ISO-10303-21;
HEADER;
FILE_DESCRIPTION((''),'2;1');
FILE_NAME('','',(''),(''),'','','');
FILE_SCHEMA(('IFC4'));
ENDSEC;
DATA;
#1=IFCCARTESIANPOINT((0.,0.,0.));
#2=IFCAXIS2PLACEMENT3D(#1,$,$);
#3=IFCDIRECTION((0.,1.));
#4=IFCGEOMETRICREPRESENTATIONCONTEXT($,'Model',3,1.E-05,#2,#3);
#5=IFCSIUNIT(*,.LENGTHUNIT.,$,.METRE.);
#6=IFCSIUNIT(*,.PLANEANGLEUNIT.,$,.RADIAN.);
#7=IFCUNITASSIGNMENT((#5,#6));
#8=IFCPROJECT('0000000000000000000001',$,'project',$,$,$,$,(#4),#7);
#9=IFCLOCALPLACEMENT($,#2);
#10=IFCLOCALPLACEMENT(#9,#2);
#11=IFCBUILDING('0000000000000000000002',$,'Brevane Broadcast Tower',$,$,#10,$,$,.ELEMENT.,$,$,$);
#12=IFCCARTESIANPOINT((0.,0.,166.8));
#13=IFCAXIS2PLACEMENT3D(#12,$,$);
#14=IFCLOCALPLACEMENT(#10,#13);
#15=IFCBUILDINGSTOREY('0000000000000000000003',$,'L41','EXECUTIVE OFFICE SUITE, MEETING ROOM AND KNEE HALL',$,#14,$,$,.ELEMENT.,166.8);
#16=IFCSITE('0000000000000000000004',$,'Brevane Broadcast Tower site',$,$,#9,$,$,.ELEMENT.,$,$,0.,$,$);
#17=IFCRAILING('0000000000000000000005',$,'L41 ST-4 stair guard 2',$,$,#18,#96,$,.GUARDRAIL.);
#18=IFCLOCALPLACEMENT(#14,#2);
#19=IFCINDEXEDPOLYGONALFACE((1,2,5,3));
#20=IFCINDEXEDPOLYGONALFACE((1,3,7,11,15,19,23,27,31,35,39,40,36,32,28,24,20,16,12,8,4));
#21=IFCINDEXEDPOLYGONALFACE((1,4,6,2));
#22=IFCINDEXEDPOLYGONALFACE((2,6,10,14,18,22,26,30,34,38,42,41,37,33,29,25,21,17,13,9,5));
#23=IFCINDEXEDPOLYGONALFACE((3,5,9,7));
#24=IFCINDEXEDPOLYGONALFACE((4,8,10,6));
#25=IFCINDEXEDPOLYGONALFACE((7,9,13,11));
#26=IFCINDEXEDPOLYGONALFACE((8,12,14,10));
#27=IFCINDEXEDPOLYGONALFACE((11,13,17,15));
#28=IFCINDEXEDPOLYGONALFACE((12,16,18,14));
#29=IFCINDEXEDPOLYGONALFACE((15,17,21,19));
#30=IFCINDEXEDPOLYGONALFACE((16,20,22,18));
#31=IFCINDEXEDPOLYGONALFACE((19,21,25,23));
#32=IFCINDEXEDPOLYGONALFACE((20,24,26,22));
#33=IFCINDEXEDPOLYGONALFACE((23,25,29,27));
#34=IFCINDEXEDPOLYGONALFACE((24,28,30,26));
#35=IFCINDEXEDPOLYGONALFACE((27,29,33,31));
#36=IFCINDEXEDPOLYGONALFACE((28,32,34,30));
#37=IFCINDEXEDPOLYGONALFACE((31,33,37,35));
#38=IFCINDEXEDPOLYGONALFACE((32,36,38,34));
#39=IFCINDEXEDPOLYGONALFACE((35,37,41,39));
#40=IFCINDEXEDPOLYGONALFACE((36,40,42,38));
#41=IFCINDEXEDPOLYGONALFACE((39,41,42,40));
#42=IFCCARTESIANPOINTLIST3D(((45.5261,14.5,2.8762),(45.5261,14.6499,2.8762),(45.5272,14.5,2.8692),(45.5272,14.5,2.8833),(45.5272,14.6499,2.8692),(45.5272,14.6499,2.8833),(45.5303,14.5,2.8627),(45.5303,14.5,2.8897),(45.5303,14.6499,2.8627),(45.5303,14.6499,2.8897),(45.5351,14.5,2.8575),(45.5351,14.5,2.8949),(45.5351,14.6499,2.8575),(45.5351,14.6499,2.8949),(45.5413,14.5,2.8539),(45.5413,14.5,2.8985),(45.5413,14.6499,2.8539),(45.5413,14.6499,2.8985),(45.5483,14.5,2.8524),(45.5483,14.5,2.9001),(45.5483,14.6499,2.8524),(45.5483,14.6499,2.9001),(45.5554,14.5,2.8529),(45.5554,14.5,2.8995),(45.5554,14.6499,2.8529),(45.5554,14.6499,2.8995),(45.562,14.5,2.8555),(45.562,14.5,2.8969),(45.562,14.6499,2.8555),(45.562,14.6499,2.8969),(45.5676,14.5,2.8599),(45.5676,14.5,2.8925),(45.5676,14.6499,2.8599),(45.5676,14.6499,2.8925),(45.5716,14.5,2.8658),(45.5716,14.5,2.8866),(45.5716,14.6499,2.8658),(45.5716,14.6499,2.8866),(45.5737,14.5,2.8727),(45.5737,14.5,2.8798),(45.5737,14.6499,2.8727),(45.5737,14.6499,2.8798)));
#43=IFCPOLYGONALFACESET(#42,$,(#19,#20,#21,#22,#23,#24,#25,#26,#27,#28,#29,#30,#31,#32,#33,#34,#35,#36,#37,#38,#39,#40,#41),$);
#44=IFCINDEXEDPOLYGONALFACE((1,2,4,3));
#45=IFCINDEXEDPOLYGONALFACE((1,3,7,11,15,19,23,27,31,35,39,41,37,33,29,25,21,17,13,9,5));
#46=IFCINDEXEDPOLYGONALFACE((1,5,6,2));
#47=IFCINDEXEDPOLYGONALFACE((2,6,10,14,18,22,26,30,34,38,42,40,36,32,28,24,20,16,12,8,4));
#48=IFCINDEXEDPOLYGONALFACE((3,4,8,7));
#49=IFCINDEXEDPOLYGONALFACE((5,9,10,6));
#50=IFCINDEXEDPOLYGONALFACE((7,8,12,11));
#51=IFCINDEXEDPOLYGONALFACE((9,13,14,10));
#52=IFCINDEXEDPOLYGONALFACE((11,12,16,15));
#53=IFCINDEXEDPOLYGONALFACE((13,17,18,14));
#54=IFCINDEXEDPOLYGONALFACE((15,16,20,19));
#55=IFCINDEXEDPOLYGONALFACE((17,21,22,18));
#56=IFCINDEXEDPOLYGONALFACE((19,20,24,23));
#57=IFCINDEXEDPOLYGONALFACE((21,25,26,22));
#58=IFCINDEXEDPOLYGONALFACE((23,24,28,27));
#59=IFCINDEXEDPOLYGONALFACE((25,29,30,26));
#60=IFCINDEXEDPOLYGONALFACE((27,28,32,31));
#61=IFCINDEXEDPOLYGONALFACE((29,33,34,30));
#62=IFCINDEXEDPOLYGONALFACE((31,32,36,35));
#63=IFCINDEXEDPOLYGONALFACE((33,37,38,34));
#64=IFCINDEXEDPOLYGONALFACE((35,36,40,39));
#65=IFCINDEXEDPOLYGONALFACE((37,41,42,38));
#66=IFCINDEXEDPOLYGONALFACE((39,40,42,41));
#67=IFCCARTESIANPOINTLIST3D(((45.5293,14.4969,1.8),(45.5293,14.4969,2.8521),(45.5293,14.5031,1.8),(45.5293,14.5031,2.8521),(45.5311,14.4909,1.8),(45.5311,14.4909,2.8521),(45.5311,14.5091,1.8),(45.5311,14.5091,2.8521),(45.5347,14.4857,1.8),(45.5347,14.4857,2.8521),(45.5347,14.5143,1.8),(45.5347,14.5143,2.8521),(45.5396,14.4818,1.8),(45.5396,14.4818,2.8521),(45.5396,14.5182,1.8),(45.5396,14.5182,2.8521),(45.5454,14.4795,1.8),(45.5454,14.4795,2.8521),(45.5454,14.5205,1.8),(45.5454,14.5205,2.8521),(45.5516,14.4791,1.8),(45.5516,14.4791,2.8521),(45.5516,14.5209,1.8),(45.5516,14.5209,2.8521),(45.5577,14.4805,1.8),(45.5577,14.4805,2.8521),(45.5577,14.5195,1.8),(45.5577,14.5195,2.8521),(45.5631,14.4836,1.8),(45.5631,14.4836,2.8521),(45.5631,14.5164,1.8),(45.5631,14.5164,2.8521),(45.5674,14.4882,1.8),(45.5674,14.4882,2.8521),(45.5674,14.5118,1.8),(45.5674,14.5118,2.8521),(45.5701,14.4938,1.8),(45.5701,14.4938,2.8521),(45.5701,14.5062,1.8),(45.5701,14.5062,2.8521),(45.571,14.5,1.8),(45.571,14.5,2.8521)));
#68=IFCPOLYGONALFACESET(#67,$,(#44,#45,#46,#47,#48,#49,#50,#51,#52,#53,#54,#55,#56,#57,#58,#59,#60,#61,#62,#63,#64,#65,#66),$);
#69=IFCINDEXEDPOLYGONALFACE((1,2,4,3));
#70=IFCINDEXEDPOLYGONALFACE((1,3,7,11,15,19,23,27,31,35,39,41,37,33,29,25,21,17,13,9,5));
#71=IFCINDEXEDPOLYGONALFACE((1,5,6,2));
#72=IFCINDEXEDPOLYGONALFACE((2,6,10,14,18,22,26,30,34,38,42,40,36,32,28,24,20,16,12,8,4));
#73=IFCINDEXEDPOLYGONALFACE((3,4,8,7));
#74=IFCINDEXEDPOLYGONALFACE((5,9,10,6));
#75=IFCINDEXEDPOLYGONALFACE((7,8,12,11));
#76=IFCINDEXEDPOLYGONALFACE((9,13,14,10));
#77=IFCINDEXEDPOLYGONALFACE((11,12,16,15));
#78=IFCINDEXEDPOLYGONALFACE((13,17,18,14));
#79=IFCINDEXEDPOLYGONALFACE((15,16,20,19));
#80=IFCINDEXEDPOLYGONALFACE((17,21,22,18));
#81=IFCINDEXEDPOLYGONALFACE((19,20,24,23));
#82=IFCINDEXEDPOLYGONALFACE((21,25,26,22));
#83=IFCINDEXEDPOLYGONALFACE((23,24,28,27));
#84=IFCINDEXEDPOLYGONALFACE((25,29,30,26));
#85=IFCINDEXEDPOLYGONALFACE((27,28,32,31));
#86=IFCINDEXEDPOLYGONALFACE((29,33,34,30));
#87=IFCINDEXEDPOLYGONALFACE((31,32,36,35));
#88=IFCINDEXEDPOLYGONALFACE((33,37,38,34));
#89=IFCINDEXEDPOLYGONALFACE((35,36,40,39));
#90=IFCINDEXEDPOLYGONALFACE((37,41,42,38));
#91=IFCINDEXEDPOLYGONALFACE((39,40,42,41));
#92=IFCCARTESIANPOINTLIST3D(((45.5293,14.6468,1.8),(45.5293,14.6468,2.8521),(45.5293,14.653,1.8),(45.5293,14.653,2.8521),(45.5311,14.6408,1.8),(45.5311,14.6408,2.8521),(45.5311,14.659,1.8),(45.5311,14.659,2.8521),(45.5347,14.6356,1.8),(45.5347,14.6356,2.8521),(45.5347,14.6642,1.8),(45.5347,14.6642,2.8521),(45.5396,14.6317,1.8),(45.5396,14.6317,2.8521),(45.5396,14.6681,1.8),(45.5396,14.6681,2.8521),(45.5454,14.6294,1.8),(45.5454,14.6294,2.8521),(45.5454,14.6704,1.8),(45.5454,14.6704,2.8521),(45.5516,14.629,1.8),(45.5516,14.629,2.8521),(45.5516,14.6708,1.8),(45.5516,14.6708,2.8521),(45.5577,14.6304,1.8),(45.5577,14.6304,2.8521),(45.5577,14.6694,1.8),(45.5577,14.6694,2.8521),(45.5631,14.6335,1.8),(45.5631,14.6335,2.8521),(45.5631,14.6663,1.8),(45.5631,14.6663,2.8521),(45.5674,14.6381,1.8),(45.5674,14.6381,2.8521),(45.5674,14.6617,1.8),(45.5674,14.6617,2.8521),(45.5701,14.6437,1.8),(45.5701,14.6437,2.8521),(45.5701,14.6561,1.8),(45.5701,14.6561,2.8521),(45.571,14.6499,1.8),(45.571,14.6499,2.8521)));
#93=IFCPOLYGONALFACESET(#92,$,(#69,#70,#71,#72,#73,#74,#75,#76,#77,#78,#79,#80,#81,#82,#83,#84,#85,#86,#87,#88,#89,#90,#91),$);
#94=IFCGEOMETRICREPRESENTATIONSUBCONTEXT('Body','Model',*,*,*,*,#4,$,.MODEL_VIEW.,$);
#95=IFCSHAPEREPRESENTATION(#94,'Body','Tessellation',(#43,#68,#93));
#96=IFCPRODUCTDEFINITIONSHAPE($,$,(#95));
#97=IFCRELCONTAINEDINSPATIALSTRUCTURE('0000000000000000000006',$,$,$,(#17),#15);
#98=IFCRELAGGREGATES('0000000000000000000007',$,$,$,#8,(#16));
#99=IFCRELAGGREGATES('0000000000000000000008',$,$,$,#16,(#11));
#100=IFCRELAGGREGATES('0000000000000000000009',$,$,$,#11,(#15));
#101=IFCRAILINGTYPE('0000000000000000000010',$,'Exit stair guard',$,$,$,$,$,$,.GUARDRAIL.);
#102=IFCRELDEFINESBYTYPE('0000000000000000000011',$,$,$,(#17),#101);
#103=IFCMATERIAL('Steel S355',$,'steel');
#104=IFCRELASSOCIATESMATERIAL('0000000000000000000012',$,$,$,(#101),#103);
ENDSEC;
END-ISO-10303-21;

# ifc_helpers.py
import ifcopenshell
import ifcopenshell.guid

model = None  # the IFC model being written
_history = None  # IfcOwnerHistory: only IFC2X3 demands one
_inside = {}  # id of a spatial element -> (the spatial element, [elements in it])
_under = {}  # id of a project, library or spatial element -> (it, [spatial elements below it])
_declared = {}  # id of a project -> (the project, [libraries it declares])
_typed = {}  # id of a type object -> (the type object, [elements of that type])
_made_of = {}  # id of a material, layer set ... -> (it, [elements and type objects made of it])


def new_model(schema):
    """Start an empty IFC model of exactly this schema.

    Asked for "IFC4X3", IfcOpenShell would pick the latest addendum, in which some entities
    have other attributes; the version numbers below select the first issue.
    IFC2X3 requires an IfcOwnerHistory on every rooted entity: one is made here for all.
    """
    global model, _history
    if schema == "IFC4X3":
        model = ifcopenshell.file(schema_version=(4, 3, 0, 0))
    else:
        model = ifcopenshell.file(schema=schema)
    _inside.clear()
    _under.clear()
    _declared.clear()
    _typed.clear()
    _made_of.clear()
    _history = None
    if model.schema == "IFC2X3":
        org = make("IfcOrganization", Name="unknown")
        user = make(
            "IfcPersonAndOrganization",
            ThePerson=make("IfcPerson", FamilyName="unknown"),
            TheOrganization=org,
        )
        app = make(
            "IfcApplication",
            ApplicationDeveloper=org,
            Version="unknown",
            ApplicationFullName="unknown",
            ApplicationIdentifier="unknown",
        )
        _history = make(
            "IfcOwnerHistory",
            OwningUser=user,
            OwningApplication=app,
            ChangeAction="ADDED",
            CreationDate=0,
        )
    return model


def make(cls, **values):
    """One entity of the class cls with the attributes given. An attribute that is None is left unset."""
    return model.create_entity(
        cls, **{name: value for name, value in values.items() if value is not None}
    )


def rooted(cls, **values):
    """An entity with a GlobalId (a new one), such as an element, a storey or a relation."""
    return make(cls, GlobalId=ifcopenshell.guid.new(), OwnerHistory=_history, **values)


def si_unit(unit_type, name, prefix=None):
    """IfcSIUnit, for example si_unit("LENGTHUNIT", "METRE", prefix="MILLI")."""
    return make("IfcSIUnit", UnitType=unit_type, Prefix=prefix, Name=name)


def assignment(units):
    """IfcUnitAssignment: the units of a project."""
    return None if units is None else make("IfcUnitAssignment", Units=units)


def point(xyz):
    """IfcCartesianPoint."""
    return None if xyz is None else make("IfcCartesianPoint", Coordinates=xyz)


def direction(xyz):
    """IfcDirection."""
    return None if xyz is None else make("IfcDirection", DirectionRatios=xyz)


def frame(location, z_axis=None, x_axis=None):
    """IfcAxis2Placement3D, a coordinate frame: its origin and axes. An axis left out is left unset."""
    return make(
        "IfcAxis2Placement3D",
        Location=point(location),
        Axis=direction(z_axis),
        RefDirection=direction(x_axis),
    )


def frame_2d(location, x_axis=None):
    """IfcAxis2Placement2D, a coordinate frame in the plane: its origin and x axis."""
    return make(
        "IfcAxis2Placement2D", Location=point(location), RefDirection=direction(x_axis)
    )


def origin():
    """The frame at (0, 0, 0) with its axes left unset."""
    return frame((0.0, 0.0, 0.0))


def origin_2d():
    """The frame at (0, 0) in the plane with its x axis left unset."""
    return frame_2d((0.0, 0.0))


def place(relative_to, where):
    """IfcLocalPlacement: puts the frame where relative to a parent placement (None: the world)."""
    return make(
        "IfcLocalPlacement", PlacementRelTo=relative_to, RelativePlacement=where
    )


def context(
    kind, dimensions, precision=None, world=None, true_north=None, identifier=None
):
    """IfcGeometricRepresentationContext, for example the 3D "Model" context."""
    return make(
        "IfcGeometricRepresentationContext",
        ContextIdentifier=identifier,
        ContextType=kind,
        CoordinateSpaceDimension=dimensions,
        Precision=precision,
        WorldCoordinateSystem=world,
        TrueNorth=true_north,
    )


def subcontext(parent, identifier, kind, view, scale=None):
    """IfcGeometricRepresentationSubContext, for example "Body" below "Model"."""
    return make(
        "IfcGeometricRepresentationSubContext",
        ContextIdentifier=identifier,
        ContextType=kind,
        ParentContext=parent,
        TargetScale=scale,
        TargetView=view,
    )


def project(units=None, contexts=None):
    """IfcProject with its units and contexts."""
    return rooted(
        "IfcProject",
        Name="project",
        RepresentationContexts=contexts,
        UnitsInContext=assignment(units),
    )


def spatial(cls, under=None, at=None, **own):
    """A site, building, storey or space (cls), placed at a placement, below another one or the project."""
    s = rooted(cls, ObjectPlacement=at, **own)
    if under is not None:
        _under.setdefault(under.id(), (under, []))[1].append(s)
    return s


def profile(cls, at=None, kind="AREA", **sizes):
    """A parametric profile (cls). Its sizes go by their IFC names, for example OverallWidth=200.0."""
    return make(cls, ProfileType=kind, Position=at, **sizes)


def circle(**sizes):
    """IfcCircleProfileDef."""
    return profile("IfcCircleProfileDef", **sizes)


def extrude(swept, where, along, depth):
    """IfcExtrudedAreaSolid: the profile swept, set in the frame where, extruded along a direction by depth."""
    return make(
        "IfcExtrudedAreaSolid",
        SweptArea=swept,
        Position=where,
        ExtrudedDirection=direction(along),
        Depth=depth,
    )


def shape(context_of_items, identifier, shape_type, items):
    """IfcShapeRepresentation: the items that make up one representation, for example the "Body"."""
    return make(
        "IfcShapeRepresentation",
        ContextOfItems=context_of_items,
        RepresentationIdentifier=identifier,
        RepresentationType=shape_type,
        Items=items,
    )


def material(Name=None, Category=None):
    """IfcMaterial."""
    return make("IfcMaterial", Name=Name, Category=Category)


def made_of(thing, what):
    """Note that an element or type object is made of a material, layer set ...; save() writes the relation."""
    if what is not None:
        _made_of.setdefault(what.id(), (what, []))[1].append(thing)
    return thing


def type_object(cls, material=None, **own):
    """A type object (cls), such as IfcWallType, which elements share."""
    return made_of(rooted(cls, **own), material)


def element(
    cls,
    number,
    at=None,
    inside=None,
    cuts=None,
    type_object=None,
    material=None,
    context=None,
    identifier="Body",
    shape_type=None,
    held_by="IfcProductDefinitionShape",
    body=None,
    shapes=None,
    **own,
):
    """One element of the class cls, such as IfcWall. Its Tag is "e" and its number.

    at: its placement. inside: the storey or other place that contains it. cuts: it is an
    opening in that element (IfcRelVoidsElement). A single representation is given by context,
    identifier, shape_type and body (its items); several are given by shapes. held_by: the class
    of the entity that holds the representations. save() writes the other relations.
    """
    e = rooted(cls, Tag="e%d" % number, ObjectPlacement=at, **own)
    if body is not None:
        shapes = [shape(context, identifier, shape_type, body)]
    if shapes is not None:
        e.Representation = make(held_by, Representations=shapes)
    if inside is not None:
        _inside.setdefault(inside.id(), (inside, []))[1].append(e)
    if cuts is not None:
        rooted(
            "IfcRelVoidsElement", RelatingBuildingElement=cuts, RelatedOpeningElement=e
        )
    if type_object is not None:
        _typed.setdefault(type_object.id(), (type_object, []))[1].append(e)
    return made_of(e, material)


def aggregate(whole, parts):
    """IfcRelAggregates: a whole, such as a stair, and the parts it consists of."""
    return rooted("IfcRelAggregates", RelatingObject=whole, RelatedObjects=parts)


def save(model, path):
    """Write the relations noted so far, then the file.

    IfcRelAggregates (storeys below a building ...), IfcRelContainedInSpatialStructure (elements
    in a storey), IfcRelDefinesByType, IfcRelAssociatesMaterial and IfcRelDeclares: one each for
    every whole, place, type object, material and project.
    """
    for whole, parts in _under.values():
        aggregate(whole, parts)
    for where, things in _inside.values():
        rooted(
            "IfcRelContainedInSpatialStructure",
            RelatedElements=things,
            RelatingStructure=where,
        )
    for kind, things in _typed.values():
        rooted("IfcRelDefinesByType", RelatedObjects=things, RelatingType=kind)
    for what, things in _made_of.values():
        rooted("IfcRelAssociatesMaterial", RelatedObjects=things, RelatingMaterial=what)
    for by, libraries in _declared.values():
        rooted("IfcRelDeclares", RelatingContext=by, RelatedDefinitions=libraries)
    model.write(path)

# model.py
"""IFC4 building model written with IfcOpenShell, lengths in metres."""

from ifc_helpers import new_model, si_unit, direction, frame, origin, origin_2d, place, context, subcontext, project, spatial, circle, extrude, material, type_object, element, save


model = new_model("IFC4")

# Units and contexts
model_context = context("Model", 3, precision=1e-05, world=origin(), true_north=direction((0.0, 1.0)))
body_context = subcontext(model_context, "Body", "Model", "MODEL_VIEW")
ifc_project = project(units=[si_unit("LENGTHUNIT", "METRE"), si_unit("PLANEANGLEUNIT", "RADIAN")], contexts=[model_context])

# Site, building, storey
site_placement = place(None, origin())
site = spatial("IfcSite", under=ifc_project, at=site_placement, Name="Brevane Broadcast Tower site", CompositionType="ELEMENT", RefElevation=0.0)
building_placement = place(site_placement, origin())
building = spatial("IfcBuilding", under=site, at=building_placement, Name="Brevane Broadcast Tower", CompositionType="ELEMENT")
storey_placement = place(building_placement, frame((0.0, 0.0, 166.8)))
storey = spatial("IfcBuildingStorey", under=building, at=storey_placement, Name="L41", Description="EXECUTIVE OFFICE SUITE, MEETING ROOM AND KNEE HALL", CompositionType="ELEMENT", Elevation=166.8)

# Railing
ifc_material_1 = material(Name="Steel S355", Category="steel")
railing_type_1 = type_object("IfcRailingType", Name="Exit stair guard", PredefinedType="GUARDRAIL", material=ifc_material_1)
railing_1_placement = place(storey_placement, frame((45.55, 14.5, 1.8)))
element("IfcRailing", 1, at=railing_1_placement, inside=storey, type_object=railing_type_1, Name="L41 ST-4 stair guard 2", PredefinedType="GUARDRAIL", context=body_context, shape_type="SweptSolid", body=[
    extrude(circle(Radius=0.0239, at=origin_2d()), frame((0.0, 0.0, 1.0762), z_axis=(0.0, 1.0, 0.0), x_axis=(-1.0, 0.0, 0.0)), (0.0, 0.0, 1.0), 0.1499),
    extrude(circle(Radius=0.021, at=origin_2d()), origin(), (0.0, 0.0, 1.0), 1.052),
    extrude(circle(Radius=0.021, at=origin_2d()), frame((0.0, 0.1499, 0.0)), (0.0, 0.0, 1.0), 1.052),
])

save(model, "model.ifc")
